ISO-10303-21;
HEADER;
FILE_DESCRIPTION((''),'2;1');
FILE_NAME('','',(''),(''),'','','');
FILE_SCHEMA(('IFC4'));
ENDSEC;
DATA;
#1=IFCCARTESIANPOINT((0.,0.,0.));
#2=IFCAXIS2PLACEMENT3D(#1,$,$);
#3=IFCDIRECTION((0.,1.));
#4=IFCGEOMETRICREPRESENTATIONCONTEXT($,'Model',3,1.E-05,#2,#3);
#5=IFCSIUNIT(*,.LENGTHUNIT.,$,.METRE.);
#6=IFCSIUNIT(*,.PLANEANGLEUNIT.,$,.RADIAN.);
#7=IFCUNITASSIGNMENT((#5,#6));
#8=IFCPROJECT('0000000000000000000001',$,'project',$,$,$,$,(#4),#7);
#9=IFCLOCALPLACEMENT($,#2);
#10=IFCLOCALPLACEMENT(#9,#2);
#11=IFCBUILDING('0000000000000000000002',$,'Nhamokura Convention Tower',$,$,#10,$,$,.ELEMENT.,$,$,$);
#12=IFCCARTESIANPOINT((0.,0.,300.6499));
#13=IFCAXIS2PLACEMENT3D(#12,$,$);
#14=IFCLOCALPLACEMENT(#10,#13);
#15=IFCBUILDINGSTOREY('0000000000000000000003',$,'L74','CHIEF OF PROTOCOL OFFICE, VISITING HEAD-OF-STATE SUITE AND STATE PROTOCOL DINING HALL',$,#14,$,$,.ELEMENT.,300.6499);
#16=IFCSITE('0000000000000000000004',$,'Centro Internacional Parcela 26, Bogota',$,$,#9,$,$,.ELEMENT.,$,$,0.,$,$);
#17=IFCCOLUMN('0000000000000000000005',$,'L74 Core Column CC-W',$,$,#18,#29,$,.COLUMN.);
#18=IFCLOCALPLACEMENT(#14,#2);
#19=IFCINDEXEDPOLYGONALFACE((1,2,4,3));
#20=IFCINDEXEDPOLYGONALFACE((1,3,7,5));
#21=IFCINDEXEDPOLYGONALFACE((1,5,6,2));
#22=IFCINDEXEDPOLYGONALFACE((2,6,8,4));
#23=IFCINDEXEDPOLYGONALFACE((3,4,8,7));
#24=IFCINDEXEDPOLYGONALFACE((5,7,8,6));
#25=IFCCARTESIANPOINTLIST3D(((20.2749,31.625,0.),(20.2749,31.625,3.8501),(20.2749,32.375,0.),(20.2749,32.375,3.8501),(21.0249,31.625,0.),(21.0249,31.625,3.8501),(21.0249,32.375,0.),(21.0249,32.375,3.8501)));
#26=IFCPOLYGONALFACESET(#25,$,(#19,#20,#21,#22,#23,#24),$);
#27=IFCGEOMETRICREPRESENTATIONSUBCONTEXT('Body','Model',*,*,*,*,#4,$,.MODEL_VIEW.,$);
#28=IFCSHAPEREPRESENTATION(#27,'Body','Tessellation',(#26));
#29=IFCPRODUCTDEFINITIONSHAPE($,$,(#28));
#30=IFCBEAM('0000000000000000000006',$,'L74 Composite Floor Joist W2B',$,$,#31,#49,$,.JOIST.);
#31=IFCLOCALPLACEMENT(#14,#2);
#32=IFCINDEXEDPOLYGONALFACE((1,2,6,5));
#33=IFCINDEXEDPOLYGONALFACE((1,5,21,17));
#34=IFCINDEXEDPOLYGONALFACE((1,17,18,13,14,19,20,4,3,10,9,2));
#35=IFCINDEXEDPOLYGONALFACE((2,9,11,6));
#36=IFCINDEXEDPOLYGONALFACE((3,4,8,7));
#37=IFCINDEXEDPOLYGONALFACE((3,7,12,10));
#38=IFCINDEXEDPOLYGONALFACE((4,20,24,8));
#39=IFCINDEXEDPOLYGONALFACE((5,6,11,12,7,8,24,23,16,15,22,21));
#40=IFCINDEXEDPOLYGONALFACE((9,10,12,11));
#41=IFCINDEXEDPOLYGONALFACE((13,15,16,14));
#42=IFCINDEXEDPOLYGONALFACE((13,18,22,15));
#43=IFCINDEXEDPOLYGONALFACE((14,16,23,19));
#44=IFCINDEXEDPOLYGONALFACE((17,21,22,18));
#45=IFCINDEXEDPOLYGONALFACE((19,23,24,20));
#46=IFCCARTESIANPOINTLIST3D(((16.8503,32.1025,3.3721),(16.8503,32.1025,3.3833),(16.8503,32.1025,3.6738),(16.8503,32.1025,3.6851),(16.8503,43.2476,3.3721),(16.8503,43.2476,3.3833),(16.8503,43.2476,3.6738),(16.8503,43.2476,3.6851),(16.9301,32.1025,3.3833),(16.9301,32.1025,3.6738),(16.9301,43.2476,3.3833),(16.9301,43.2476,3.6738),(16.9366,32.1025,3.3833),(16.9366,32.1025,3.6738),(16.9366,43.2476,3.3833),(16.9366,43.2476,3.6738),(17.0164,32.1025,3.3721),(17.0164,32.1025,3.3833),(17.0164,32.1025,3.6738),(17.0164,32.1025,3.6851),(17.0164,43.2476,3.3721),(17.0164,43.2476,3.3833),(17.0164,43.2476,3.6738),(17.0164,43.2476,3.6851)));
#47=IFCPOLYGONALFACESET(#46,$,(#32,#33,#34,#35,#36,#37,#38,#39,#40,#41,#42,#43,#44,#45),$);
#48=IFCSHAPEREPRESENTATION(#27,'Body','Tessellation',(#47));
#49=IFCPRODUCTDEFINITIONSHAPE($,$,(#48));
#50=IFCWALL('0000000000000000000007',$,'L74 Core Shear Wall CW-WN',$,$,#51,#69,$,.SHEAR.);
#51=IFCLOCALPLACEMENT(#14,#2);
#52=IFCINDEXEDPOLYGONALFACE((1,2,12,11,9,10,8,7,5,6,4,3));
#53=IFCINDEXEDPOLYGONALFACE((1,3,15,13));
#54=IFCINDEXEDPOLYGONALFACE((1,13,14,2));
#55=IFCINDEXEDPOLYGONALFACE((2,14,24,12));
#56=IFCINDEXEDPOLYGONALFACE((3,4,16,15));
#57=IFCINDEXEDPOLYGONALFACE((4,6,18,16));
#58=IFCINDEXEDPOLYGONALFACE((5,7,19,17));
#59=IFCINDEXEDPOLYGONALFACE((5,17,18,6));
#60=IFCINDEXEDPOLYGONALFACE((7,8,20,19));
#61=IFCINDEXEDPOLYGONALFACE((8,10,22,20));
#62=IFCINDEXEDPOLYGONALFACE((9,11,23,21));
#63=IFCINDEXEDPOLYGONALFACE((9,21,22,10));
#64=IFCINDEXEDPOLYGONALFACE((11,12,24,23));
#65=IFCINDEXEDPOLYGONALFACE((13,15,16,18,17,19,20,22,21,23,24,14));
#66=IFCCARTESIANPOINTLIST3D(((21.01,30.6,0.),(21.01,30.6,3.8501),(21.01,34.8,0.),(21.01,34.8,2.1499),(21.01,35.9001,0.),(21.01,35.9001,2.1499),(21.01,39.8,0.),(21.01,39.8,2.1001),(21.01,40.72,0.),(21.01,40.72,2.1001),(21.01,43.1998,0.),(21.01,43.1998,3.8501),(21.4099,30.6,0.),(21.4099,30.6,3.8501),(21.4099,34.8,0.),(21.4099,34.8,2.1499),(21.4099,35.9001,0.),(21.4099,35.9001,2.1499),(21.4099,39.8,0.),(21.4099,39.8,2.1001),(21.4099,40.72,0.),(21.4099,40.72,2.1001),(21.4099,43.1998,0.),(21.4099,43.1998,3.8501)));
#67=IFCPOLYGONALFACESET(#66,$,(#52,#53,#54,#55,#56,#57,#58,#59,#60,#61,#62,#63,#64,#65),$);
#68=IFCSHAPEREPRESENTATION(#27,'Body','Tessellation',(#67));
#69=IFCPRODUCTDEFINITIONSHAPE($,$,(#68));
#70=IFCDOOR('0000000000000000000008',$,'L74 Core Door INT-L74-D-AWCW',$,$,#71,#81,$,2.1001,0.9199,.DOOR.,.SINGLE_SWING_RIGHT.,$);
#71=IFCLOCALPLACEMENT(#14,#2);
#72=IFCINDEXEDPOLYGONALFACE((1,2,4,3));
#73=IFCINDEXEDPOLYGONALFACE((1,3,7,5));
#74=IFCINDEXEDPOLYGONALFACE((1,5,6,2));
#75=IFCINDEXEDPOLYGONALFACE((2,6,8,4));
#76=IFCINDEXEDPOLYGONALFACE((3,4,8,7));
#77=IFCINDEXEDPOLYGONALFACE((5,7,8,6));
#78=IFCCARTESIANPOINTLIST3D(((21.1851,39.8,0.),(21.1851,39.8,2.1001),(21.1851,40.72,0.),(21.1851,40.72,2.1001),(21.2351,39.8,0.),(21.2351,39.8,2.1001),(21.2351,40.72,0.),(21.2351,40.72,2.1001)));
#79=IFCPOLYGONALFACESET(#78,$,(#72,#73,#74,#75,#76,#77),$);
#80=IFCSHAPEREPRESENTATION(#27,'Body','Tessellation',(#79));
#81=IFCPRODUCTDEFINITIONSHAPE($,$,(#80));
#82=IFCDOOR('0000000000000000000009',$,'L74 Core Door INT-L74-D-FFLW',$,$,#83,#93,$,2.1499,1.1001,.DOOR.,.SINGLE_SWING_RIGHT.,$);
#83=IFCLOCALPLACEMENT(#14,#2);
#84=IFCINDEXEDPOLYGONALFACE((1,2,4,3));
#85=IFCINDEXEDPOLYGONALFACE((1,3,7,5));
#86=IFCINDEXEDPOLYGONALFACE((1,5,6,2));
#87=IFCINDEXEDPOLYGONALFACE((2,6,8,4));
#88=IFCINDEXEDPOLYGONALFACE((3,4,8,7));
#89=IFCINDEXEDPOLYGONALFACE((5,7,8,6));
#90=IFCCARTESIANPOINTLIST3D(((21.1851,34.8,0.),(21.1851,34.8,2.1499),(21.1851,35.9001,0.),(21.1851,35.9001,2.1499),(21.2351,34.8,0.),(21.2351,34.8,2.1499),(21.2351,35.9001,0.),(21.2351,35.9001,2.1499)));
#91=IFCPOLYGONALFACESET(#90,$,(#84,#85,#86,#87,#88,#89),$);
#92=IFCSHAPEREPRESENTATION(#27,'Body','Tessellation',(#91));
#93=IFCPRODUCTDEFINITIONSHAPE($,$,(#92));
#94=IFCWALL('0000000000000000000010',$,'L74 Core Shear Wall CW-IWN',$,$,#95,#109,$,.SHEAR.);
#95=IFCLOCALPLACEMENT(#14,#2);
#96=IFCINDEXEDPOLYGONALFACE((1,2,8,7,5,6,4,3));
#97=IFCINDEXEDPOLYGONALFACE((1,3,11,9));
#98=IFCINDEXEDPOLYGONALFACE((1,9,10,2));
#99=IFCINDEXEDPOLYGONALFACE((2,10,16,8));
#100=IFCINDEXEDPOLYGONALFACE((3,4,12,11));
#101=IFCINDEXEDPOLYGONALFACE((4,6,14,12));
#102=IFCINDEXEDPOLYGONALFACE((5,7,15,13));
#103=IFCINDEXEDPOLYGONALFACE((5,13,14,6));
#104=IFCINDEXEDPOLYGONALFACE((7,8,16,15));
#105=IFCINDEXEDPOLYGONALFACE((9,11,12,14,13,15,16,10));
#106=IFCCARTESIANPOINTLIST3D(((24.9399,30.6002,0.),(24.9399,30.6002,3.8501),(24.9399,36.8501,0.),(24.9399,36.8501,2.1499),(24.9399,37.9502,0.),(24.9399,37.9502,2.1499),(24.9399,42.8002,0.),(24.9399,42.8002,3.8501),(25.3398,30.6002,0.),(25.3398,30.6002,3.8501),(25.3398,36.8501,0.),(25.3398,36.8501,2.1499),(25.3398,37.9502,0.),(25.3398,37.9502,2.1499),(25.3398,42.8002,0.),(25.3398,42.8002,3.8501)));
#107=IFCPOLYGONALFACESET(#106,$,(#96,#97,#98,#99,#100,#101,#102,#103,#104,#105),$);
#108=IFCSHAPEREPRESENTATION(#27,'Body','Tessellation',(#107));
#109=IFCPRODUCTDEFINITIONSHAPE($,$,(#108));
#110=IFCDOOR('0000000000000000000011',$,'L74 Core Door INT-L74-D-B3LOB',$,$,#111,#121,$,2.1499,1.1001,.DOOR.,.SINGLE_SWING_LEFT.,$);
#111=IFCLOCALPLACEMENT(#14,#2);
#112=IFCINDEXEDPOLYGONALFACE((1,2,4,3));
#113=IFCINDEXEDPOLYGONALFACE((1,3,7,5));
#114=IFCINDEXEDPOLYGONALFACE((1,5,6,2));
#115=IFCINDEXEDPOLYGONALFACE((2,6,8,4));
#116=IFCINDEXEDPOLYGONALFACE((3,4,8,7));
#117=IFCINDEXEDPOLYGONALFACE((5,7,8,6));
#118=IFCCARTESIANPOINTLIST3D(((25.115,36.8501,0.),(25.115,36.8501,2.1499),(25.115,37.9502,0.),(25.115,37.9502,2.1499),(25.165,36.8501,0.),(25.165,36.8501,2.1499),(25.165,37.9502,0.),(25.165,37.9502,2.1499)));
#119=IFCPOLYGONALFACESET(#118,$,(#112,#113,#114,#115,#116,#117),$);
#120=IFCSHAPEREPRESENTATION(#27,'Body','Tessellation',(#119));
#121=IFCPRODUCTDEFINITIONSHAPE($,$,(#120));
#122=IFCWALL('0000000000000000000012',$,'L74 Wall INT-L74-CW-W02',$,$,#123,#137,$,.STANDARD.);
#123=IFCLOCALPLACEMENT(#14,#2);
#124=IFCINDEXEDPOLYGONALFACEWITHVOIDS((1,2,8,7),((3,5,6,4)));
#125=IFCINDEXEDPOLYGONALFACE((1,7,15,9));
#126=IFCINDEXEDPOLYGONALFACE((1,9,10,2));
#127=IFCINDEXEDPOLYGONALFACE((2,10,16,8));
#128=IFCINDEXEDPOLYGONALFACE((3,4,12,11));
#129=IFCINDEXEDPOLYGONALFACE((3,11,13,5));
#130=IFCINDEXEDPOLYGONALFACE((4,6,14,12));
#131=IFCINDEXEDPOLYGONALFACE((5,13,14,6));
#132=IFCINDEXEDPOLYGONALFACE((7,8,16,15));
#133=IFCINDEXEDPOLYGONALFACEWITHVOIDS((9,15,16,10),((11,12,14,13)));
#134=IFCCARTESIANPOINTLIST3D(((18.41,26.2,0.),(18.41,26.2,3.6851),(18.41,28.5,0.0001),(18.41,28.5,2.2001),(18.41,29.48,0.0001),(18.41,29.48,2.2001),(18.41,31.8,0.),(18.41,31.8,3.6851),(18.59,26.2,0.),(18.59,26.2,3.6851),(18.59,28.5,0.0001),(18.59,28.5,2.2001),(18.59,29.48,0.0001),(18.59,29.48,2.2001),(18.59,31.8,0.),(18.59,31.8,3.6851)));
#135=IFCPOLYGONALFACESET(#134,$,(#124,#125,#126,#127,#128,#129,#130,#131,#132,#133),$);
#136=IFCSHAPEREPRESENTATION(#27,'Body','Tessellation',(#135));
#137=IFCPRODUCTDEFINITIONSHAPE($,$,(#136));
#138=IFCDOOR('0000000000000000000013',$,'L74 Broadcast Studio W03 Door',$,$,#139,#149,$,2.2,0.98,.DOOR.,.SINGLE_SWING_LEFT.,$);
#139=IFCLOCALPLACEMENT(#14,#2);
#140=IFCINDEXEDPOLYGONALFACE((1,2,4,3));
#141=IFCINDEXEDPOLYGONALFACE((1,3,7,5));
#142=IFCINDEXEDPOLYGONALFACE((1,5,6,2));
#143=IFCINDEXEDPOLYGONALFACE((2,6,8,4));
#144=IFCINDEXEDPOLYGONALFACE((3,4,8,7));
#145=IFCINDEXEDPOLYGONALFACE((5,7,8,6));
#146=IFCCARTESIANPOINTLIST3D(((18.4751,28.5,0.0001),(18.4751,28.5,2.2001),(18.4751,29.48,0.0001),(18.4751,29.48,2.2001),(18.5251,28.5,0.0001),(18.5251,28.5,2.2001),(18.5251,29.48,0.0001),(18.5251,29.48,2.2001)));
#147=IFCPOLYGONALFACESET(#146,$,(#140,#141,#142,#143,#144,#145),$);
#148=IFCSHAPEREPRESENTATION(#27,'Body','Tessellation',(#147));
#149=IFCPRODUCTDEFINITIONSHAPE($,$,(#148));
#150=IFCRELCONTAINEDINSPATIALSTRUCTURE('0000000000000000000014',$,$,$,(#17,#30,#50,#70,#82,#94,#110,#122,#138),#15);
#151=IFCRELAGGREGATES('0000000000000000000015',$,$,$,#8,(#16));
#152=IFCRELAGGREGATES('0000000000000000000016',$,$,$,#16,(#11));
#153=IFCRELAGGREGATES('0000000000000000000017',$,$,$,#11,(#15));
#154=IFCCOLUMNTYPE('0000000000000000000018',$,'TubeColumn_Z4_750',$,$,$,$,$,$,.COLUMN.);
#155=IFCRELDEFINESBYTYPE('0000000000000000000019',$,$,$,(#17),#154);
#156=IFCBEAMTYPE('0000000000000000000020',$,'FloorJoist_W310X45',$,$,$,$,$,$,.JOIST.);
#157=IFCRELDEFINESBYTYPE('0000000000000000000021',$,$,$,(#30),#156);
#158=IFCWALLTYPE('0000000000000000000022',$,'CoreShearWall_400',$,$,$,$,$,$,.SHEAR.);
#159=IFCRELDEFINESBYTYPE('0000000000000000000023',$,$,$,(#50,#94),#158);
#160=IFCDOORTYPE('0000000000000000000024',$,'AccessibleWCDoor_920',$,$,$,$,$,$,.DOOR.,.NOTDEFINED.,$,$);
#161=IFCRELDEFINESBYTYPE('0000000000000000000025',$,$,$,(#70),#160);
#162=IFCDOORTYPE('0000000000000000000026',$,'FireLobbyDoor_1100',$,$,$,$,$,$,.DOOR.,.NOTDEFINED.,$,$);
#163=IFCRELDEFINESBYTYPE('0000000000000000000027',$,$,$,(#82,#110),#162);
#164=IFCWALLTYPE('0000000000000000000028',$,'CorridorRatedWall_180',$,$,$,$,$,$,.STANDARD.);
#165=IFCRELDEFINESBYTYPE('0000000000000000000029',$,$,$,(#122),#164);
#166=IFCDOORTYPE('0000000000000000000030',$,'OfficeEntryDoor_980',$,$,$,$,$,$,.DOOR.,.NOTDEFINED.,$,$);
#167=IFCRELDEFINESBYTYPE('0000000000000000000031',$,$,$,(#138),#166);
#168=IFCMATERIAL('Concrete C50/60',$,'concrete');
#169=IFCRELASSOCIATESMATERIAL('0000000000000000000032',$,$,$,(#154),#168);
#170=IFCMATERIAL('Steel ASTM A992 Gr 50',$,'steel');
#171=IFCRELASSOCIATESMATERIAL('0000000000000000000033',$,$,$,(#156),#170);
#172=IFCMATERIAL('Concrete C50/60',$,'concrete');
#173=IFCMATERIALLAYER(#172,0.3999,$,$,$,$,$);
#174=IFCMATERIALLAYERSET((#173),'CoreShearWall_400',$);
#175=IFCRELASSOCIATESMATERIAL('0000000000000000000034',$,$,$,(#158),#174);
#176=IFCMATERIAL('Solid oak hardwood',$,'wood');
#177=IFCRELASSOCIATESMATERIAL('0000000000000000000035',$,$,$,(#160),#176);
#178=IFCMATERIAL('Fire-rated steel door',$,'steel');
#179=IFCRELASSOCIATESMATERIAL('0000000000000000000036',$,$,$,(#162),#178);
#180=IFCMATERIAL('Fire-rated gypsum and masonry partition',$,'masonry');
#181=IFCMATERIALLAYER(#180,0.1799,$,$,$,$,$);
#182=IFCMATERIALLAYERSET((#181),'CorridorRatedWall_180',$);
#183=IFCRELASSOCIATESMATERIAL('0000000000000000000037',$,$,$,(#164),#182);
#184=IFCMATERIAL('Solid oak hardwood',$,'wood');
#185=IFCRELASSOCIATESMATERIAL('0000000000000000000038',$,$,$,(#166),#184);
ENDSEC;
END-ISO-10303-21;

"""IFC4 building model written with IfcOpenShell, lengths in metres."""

from ifc_helpers import new_model, si_unit, direction, frame, frame_2d, origin, origin_2d, place, context, subcontext, project, spatial, rectangle, i_section, extrude, material, layer, layer_set, material_profile, profile_set, type_object, element, fill, save


model = new_model("IFC4")

# Units and contexts
model_context = context("Model", 3, precision=1e-05, world=origin(), true_north=direction((0.0, 1.0)))
body_context = subcontext(model_context, "Body", "Model", "MODEL_VIEW")
ifc_project = project(units=[si_unit("LENGTHUNIT", "METRE"), si_unit("PLANEANGLEUNIT", "RADIAN")], contexts=[model_context])

# Site, building, storey
site_placement = place(None, origin())
site = spatial("IfcSite", under=ifc_project, at=site_placement, Name="Centro Internacional Parcela 26, Bogota", CompositionType="ELEMENT", RefElevation=0.0)
building_placement = place(site_placement, origin())
building = spatial("IfcBuilding", under=site, at=building_placement, Name="Nhamokura Convention Tower", CompositionType="ELEMENT")
storey_placement = place(building_placement, frame((0.0, 0.0, 300.6499)))
storey = spatial("IfcBuildingStorey", under=building, at=storey_placement, Name="L74", Description="CHIEF OF PROTOCOL OFFICE, VISITING HEAD-OF-STATE SUITE AND STATE PROTOCOL DINING HALL", CompositionType="ELEMENT", Elevation=300.6499)

# Column
ifc_material_1 = material(Name="Concrete C50/60", Category="concrete")
ifc_material_profile_1 = material_profile(ifc_material_1, rectangle(XDim=0.75, YDim=0.75, at=origin_2d()))
ifc_profile_set_1 = profile_set([ifc_material_profile_1], Name="Concrete C50/60")
column_type = type_object("IfcColumnType", Name="TubeColumn_Z4_750", PredefinedType="COLUMN", material=ifc_profile_set_1)
column_placement = place(storey_placement, frame((20.6499, 32.0, 0.0), z_axis=(0.0, 0.0, 1.0), x_axis=(1.0, 0.0, 0.0)))
element("IfcColumn", 1, at=column_placement, inside=storey, type_object=column_type, Name="L74 Core Column CC-W", PredefinedType="COLUMN", context=body_context, shape_type="SweptSolid", body=[
    extrude(rectangle(XDim=0.75, YDim=0.75, at=origin_2d()), origin(), (0.0, 0.0, 1.0), 3.8501),
])

# Beam
ifc_material_2 = material(Name="Steel ASTM A992 Gr 50", Category="steel")
ifc_material_profile_2 = material_profile(ifc_material_2, i_section(OverallWidth=0.166, OverallDepth=0.313, WebThickness=0.0066, FlangeThickness=0.0112, at=origin_2d()))
ifc_profile_set_2 = profile_set([ifc_material_profile_2], Name="Steel ASTM A992 Gr 50")
beam_type = type_object("IfcBeamType", Name="FloorJoist_W310X45", PredefinedType="JOIST", material=ifc_profile_set_2)
beam_placement = place(storey_placement, frame((16.9333, 32.1025, 3.5286), z_axis=(0.0, 1.0, 0.0), x_axis=(-1.0, 0.0, 0.0)))
element("IfcBeam", 2, at=beam_placement, inside=storey, type_object=beam_type, Name="L74 Composite Floor Joist W2B", PredefinedType="JOIST", context=body_context, shape_type="SweptSolid", body=[
    extrude(i_section(OverallWidth=0.166, OverallDepth=0.313, WebThickness=0.0066, FlangeThickness=0.0112, at=origin_2d()), origin(), (0.0, 0.0, 1.0), 11.145),
])

# Wall, openings, doors
ifc_material_3 = material(Name="Concrete C50/60", Category="concrete")
ifc_layer_1 = layer(ifc_material_3, 0.3999)
ifc_layer_set_1 = layer_set([ifc_layer_1], Name="CoreShearWall_400")
wall_type_1 = type_object("IfcWallType", Name="CoreShearWall_400", PredefinedType="SHEAR", material=ifc_layer_set_1)
wall_1_placement = place(storey_placement, frame((21.21, 30.6001, 0.0), z_axis=(0.0, 0.0, 1.0), x_axis=(0.0, 1.0, 0.0)))
wall_1 = element("IfcWall", 3, at=wall_1_placement, inside=storey, type_object=wall_type_1, Name="L74 Core Shear Wall CW-WN", PredefinedType="SHEAR", context=body_context, shape_type="SweptSolid", body=[
    extrude(rectangle(XDim=12.5999, YDim=0.3999, at=frame_2d((6.2998, 0.0))), origin(), (0.0, 0.0, 1.0), 3.8501),
])
opening_1_placement = place(wall_1_placement, frame((4.2, 0.0, 0.0)))
opening_1 = element("IfcOpeningElement", 4, at=opening_1_placement, cuts=wall_1, PredefinedType="OPENING", context=body_context, shape_type="SweptSolid", body=[
    extrude(rectangle(XDim=1.1001, YDim=2.1499, at=frame_2d((0.55, 1.075))), frame((0.0, 0.21, 0.0), z_axis=(0.0, -1.0, 0.0), x_axis=(1.0, 0.0, 0.0)), (0.0, 0.0, 1.0), 0.4199),
])
opening_2_placement = place(wall_1_placement, frame((9.2, 0.0, 0.0)))
opening_2 = element("IfcOpeningElement", 5, at=opening_2_placement, cuts=wall_1, PredefinedType="OPENING", context=body_context, shape_type="SweptSolid", body=[
    extrude(rectangle(XDim=0.9199, YDim=2.1001, at=frame_2d((0.46, 1.05))), frame((0.0, 0.21, 0.0), z_axis=(0.0, -1.0, 0.0), x_axis=(1.0, 0.0, 0.0)), (0.0, 0.0, 1.0), 0.4199),
])
ifc_material_4 = material(Name="Solid oak hardwood", Category="wood")
door_type_1 = type_object("IfcDoorType", Name="AccessibleWCDoor_920", OperationType="NOTDEFINED", PredefinedType="DOOR", material=ifc_material_4)
door_1_placement = place(opening_2_placement, origin())
door_1 = element("IfcDoor", 6, at=door_1_placement, inside=storey, type_object=door_type_1, Name="L74 Core Door INT-L74-D-AWCW", OperationType="SINGLE_SWING_RIGHT", OverallHeight=2.1001, OverallWidth=0.9199, PredefinedType="DOOR", context=body_context, shape_type="SweptSolid", body=[
    extrude(rectangle(XDim=0.9199, YDim=2.1001, at=frame_2d((0.46, 1.05))), frame((0.0, 0.0249, 0.0), z_axis=(0.0, -1.0, 0.0), x_axis=(1.0, 0.0, 0.0)), (0.0, 0.0, 1.0), 0.05),
])
fill(opening_2, door_1)
ifc_material_5 = material(Name="Fire-rated steel door", Category="steel")
door_type_2 = type_object("IfcDoorType", Name="FireLobbyDoor_1100", OperationType="NOTDEFINED", PredefinedType="DOOR", material=ifc_material_5)
door_2_placement = place(opening_1_placement, origin())
door_2 = element("IfcDoor", 7, at=door_2_placement, inside=storey, type_object=door_type_2, Name="L74 Core Door INT-L74-D-FFLW", OperationType="SINGLE_SWING_RIGHT", OverallHeight=2.1499, OverallWidth=1.1001, PredefinedType="DOOR", context=body_context, shape_type="SweptSolid", body=[
    extrude(rectangle(XDim=1.1001, YDim=2.1499, at=frame_2d((0.55, 1.075))), frame((0.0, 0.0249, 0.0), z_axis=(0.0, -1.0, 0.0), x_axis=(1.0, 0.0, 0.0)), (0.0, 0.0, 1.0), 0.05),
])
fill(opening_1, door_2)

# Walls, openings, doors
wall_2_placement = place(storey_placement, frame((25.1399, 30.6001, 0.0), z_axis=(0.0, 0.0, 1.0), x_axis=(0.0, 1.0, 0.0)))
wall_2 = element("IfcWall", 8, at=wall_2_placement, inside=storey, type_object=wall_type_1, Name="L74 Core Shear Wall CW-IWN", PredefinedType="SHEAR", context=body_context, shape_type="SweptSolid", body=[
    extrude(rectangle(XDim=12.2, YDim=0.3999, at=frame_2d((6.1001, 0.0))), origin(), (0.0, 0.0, 1.0), 3.8501),
])
opening_3_placement = place(wall_2_placement, frame((6.25, 0.0, 0.0)))
opening_3 = element("IfcOpeningElement", 9, at=opening_3_placement, cuts=wall_2, PredefinedType="OPENING", context=body_context, shape_type="SweptSolid", body=[
    extrude(rectangle(XDim=1.1001, YDim=2.1499, at=frame_2d((0.55, 1.075))), frame((0.0, 0.21, 0.0), z_axis=(0.0, -1.0, 0.0), x_axis=(1.0, 0.0, 0.0)), (0.0, 0.0, 1.0), 0.4199),
])
door_3_placement = place(opening_3_placement, origin())
door_3 = element("IfcDoor", 10, at=door_3_placement, inside=storey, type_object=door_type_2, Name="L74 Core Door INT-L74-D-B3LOB", OperationType="SINGLE_SWING_LEFT", OverallHeight=2.1499, OverallWidth=1.1001, PredefinedType="DOOR", context=body_context, shape_type="SweptSolid", body=[
    extrude(rectangle(XDim=1.1001, YDim=2.1499, at=frame_2d((0.55, 1.075))), frame((0.0, 0.0249, 0.0), z_axis=(0.0, -1.0, 0.0), x_axis=(1.0, 0.0, 0.0)), (0.0, 0.0, 1.0), 0.05),
])
fill(opening_3, door_3)
ifc_material_6 = material(Name="Fire-rated gypsum and masonry partition", Category="masonry")
ifc_layer_2 = layer(ifc_material_6, 0.1799)
ifc_layer_set_2 = layer_set([ifc_layer_2], Name="CorridorRatedWall_180")
wall_type_2 = type_object("IfcWallType", Name="CorridorRatedWall_180", PredefinedType="STANDARD", material=ifc_layer_set_2)
wall_3_placement = place(storey_placement, frame((18.5, 26.2, 0.0), z_axis=(0.0, 0.0, 1.0), x_axis=(0.0, 1.0, 0.0)))
wall_3 = element("IfcWall", 11, at=wall_3_placement, inside=storey, type_object=wall_type_2, Name="L74 Wall INT-L74-CW-W02", PredefinedType="STANDARD", context=body_context, shape_type="SweptSolid", body=[
    extrude(rectangle(XDim=5.6001, YDim=0.1799, at=frame_2d((2.8, 0.0))), origin(), (0.0, 0.0, 1.0), 3.6851),
])
opening_4_placement = place(wall_3_placement, frame((2.3, 0.0, 0.0)))
opening_4 = element("IfcOpeningElement", 12, at=opening_4_placement, cuts=wall_3, PredefinedType="OPENING", context=body_context, shape_type="SweptSolid", body=[
    extrude(rectangle(XDim=0.98, YDim=2.2, at=frame_2d((0.49, 1.1001))), frame((0.0, 0.0999, 0.0), z_axis=(0.0, -1.0, 0.0), x_axis=(1.0, 0.0, 0.0)), (0.0, 0.0, 1.0), 0.2),
])
ifc_material_7 = material(Name="Solid oak hardwood", Category="wood")
door_type_3 = type_object("IfcDoorType", Name="OfficeEntryDoor_980", OperationType="NOTDEFINED", PredefinedType="DOOR", material=ifc_material_7)
door_4_placement = place(opening_4_placement, origin())
door_4 = element("IfcDoor", 13, at=door_4_placement, inside=storey, type_object=door_type_3, Name="L74 Broadcast Studio W03 Door", OperationType="SINGLE_SWING_LEFT", OverallHeight=2.2, OverallWidth=0.98, PredefinedType="DOOR", context=body_context, shape_type="SweptSolid", body=[
    extrude(rectangle(XDim=0.98, YDim=2.2, at=frame_2d((0.49, 1.1001))), frame((0.0, 0.0249, 0.0), z_axis=(0.0, -1.0, 0.0), x_axis=(1.0, 0.0, 0.0)), (0.0, 0.0, 1.0), 0.05),
])
fill(opening_4, door_4)

save(model, "model.ifc")
